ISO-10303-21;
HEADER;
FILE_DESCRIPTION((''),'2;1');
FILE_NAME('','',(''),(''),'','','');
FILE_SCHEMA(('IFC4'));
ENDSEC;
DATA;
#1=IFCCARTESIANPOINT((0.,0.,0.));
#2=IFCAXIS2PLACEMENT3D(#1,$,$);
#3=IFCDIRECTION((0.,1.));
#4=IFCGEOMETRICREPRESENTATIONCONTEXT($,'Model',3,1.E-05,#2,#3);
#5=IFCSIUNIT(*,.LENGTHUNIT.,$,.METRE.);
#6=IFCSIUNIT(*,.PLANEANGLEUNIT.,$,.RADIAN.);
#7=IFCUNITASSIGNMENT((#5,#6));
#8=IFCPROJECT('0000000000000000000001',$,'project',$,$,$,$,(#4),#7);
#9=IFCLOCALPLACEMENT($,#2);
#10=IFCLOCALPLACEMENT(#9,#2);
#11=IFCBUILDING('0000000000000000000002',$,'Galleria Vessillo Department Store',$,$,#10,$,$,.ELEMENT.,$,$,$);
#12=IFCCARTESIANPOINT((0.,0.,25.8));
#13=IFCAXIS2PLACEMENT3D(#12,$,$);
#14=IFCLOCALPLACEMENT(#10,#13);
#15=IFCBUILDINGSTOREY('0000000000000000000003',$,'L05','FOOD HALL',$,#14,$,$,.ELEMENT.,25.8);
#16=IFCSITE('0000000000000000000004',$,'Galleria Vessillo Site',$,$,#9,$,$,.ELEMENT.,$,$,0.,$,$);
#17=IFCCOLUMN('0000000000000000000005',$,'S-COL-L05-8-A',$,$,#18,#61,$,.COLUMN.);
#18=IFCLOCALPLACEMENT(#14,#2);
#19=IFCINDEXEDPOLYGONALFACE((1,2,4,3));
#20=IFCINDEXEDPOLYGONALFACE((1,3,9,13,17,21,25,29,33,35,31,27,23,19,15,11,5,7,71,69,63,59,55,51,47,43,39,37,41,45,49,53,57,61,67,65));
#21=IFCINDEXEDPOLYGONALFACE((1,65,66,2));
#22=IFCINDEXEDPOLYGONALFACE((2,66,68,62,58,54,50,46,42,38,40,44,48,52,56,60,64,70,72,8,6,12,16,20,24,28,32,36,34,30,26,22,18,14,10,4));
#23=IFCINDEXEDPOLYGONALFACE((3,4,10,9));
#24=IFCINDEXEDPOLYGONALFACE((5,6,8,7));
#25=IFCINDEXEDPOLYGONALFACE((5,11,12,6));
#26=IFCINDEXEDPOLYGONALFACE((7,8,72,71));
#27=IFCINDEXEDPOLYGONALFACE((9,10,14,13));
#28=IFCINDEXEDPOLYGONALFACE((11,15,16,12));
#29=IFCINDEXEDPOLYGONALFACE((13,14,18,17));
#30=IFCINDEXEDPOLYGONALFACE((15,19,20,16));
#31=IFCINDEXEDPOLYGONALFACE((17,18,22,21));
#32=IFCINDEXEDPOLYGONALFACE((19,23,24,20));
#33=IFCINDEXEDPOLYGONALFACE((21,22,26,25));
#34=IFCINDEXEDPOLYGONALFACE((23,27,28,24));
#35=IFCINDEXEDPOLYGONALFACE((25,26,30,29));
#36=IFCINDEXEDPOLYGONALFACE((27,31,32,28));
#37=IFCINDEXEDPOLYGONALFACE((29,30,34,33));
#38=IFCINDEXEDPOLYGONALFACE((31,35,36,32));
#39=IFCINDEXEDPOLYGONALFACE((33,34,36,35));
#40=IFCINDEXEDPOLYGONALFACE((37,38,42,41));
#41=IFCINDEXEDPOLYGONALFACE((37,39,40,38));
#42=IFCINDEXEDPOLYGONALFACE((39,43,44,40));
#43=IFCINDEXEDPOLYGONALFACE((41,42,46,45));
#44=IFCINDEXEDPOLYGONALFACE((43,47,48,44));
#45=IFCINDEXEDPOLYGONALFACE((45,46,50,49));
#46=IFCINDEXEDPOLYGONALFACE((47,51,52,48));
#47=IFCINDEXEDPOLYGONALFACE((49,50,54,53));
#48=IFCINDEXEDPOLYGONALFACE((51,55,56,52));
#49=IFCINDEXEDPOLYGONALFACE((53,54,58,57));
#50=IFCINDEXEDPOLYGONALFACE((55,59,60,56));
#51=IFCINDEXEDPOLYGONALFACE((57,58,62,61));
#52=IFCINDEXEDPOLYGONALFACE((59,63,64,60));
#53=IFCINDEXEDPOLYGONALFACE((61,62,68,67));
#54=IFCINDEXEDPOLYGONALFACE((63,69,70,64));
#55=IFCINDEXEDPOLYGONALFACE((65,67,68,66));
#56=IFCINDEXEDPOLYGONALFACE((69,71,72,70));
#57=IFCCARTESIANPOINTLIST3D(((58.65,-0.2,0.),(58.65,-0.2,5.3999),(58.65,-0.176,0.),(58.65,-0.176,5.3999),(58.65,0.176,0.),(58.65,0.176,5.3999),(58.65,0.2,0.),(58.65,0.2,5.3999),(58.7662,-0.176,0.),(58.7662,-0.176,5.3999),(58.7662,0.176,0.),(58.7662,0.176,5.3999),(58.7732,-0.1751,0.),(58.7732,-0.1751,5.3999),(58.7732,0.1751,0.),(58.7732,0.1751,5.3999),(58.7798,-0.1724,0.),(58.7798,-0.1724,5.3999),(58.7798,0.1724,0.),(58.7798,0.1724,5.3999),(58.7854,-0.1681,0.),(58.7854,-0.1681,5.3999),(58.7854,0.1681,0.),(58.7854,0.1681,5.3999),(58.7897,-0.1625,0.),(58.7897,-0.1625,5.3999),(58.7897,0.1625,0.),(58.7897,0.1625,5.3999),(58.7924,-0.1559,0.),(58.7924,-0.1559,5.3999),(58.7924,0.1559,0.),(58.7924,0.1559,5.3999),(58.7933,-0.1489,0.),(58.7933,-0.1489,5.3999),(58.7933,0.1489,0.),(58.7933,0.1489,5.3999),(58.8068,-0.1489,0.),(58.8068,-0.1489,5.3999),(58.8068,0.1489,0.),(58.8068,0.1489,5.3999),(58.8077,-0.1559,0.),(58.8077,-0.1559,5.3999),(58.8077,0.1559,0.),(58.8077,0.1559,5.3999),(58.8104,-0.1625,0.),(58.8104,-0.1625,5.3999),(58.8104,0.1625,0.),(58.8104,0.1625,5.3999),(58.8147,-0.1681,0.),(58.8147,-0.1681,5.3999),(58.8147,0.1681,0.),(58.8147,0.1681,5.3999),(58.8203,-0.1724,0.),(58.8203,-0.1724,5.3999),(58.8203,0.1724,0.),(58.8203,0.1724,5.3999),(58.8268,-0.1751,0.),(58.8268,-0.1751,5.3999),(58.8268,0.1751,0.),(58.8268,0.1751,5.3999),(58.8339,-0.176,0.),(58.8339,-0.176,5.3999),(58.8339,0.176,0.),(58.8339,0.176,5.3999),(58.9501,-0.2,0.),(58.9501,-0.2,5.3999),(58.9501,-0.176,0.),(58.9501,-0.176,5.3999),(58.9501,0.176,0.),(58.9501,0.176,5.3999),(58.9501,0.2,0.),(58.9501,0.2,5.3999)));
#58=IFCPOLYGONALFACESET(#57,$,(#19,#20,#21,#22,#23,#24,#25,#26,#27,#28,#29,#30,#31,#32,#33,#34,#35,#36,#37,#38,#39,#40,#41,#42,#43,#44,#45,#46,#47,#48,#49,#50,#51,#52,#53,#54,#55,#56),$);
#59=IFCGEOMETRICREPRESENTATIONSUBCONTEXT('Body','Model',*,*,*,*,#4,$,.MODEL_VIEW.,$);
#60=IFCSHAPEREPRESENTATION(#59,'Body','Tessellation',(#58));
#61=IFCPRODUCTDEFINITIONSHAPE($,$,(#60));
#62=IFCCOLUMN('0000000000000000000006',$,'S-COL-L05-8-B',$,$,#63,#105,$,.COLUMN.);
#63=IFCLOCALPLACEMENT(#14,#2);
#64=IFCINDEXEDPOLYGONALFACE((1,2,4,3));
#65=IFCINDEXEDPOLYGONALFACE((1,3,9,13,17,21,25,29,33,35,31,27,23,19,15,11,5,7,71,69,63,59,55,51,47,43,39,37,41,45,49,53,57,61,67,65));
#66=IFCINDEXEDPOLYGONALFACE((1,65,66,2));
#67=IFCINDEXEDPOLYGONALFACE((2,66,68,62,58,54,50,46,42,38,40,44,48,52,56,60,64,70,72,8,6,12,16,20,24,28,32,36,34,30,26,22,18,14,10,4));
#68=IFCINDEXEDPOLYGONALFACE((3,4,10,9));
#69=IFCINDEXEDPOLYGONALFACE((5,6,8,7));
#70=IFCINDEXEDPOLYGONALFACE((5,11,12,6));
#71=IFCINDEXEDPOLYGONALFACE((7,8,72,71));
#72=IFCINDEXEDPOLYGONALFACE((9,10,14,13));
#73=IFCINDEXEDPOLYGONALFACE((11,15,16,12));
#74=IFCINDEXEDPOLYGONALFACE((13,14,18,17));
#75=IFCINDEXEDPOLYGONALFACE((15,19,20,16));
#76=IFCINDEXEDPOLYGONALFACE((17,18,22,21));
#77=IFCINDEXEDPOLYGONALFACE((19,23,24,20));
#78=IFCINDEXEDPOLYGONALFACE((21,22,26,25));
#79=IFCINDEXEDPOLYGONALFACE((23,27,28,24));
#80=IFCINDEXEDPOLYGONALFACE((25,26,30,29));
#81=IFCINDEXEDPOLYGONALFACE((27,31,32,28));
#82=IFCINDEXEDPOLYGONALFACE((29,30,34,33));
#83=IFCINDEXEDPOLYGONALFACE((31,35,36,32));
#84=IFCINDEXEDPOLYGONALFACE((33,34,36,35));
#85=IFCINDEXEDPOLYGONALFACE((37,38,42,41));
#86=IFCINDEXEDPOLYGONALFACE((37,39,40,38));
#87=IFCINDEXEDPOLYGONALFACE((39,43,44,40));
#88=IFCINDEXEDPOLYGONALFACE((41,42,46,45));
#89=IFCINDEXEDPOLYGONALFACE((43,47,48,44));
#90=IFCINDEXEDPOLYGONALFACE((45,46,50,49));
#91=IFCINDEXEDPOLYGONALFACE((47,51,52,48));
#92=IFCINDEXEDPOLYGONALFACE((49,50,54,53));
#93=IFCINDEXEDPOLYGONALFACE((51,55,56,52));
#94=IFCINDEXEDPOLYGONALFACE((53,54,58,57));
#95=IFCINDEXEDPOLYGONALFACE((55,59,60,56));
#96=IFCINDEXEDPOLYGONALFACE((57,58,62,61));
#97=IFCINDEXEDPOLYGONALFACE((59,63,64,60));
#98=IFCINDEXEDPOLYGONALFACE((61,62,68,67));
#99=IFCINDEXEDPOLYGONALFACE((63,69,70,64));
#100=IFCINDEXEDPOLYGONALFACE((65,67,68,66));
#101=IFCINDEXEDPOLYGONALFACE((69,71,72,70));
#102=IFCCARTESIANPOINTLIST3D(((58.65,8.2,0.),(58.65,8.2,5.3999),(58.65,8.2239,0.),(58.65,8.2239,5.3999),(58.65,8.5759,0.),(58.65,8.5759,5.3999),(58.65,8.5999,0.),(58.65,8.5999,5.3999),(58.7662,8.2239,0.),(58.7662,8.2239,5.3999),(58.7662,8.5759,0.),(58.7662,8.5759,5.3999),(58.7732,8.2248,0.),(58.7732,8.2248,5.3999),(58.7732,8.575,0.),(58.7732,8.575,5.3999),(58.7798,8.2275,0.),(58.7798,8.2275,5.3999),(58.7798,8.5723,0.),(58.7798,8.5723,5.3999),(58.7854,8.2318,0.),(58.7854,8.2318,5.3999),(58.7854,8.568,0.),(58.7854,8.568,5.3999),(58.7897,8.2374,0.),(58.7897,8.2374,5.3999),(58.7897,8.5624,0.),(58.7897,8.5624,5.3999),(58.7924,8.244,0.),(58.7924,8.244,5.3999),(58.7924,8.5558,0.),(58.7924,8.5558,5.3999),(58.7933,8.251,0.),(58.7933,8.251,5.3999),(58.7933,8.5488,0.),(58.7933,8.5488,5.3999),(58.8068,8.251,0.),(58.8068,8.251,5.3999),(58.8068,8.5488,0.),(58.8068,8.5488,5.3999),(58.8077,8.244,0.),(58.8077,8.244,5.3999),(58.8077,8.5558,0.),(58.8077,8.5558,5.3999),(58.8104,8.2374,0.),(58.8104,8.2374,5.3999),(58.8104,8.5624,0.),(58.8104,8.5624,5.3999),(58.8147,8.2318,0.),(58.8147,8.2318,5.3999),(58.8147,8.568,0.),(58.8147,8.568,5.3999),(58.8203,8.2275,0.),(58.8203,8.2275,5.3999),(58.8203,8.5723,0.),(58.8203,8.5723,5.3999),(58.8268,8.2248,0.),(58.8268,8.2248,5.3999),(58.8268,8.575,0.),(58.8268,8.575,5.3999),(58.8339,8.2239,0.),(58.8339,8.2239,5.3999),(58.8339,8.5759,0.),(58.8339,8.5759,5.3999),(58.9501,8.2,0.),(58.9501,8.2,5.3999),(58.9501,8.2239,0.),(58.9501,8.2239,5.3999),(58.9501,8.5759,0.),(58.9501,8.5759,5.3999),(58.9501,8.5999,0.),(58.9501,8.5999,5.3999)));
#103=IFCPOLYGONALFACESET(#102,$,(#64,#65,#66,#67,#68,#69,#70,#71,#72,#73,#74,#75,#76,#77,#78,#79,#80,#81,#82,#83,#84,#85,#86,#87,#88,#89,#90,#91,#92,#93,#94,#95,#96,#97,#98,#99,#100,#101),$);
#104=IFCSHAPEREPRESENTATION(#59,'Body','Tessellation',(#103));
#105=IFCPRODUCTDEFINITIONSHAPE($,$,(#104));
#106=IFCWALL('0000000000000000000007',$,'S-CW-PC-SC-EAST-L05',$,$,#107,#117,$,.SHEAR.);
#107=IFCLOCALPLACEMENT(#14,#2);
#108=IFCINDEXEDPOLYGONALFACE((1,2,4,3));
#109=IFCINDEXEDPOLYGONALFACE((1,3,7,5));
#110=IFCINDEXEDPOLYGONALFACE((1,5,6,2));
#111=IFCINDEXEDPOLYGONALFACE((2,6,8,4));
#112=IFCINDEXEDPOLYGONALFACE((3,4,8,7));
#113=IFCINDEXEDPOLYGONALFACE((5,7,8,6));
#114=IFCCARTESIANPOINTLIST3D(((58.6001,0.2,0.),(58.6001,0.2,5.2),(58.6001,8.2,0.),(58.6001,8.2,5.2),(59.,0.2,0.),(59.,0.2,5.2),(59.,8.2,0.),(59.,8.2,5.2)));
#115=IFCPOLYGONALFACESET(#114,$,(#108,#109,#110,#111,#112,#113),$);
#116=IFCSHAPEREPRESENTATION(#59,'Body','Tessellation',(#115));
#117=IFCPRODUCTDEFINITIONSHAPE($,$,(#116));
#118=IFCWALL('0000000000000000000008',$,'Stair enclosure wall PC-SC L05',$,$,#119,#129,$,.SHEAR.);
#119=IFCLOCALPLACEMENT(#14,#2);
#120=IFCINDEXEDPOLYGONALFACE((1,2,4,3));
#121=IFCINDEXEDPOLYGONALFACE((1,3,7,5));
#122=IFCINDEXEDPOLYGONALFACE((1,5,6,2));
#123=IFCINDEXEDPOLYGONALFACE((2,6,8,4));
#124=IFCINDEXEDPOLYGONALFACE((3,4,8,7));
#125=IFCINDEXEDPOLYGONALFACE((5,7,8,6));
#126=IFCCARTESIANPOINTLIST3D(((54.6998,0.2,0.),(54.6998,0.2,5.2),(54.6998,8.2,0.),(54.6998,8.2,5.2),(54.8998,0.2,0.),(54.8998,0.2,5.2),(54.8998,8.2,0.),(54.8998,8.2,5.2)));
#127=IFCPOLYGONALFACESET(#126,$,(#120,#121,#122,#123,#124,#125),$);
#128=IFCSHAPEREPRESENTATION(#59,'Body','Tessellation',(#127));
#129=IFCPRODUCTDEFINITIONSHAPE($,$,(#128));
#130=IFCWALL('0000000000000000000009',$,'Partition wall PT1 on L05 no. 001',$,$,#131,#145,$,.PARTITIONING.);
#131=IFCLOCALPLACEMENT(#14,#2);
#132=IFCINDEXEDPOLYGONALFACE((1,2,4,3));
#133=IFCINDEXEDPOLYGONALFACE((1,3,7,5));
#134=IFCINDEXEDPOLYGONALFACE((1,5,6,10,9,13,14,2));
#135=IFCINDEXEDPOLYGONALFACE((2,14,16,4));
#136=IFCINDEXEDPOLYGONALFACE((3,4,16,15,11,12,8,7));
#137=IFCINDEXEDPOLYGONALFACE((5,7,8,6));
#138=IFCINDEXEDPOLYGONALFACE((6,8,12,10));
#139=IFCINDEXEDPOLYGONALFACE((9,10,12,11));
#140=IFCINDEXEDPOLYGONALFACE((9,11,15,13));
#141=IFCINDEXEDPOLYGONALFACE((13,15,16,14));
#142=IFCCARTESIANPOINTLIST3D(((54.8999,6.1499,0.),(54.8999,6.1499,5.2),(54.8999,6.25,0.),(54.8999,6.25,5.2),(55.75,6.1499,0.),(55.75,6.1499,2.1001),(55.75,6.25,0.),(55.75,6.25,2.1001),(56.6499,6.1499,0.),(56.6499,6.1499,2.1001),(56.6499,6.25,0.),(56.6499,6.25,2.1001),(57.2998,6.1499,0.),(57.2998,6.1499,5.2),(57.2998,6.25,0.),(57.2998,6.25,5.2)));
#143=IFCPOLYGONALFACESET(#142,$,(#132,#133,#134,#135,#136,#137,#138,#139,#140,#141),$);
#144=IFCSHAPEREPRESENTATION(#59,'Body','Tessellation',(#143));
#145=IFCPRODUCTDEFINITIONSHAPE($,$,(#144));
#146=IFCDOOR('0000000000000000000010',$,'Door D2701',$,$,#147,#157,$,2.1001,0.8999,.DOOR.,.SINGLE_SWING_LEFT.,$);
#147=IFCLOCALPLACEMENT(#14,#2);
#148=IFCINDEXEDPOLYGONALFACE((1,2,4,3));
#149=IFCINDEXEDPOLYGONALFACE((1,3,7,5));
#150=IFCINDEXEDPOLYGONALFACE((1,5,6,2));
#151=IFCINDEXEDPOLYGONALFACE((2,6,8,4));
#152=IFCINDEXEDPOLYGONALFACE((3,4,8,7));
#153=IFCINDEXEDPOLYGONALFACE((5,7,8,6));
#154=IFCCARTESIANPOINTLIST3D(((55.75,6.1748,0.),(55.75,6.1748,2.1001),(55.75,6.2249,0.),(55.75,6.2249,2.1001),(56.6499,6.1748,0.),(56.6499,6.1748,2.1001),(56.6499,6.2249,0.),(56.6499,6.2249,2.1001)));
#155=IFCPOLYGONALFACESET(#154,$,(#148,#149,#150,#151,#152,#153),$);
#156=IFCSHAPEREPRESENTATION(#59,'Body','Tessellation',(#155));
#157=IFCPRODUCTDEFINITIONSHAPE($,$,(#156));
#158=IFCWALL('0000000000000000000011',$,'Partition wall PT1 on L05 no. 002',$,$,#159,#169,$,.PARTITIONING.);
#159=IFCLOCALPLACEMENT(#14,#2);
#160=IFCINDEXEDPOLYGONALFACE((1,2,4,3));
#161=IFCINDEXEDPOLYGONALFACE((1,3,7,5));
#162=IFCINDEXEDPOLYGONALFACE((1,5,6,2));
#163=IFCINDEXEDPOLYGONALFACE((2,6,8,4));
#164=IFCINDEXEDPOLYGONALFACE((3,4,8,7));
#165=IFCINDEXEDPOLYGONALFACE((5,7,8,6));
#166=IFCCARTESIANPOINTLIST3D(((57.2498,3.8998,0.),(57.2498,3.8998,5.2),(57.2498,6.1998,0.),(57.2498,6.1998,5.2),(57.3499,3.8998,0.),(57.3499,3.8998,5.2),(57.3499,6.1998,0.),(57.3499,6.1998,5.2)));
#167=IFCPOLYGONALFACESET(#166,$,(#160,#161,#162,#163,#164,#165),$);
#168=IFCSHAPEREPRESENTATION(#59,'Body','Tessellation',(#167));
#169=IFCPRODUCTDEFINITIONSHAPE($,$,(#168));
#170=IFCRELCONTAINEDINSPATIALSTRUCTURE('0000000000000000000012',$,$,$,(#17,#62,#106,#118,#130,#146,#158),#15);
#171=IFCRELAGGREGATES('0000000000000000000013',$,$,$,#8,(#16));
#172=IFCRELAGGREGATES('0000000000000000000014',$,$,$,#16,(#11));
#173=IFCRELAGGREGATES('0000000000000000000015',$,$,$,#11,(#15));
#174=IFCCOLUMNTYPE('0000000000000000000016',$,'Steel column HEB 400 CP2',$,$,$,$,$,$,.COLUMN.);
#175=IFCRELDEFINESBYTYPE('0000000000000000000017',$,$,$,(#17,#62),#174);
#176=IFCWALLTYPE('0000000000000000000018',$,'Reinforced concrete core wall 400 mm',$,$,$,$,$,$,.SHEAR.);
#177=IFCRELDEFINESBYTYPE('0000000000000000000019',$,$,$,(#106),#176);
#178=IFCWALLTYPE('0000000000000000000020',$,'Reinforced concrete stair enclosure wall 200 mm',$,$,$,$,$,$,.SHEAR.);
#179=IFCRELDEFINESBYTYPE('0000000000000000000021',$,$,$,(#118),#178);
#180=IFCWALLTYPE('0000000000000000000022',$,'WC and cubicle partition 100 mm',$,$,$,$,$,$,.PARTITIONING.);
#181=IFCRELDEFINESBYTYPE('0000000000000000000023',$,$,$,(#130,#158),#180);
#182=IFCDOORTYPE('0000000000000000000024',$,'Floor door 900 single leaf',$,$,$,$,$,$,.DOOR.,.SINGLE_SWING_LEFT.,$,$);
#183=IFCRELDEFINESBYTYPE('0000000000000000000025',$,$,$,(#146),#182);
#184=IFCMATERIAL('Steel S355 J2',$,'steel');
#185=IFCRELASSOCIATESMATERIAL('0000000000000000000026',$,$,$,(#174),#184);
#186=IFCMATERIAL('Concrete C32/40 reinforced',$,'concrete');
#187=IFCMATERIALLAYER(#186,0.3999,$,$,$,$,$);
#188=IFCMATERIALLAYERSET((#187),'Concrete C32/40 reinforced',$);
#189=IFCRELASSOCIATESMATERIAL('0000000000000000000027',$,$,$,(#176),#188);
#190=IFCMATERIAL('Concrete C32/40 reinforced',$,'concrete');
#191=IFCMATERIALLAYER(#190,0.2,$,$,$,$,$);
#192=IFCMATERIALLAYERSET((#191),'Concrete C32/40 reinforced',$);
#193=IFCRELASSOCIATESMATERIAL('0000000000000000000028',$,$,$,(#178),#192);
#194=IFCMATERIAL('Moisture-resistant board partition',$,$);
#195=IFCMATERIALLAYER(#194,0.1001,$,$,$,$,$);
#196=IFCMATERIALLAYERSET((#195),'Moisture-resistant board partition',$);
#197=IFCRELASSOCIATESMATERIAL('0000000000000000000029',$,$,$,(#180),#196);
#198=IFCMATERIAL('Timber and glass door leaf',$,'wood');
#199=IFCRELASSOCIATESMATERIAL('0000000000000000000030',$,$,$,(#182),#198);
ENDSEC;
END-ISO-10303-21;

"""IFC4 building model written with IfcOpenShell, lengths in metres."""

from ifc_helpers import new_model, si_unit, direction, frame, frame_2d, origin, origin_2d, place, context, subcontext, project, spatial, rectangle, i_section, extrude, material, layer, layer_set, material_profile, profile_set, type_object, element, fill, save


model = new_model("IFC4")

# Units and contexts
model_context = context("Model", 3, precision=1e-05, world=origin(), true_north=direction((0.0, 1.0)))
body_context = subcontext(model_context, "Body", "Model", "MODEL_VIEW")
ifc_project = project(units=[si_unit("LENGTHUNIT", "METRE"), si_unit("PLANEANGLEUNIT", "RADIAN")], contexts=[model_context])

# Site, building, storey
site_placement = place(None, origin())
site = spatial("IfcSite", under=ifc_project, at=site_placement, Name="Galleria Vessillo Site", CompositionType="ELEMENT", RefElevation=0.0)
building_placement = place(site_placement, origin())
building = spatial("IfcBuilding", under=site, at=building_placement, Name="Galleria Vessillo Department Store", CompositionType="ELEMENT")
storey_placement = place(building_placement, frame((0.0, 0.0, 25.8)))
storey = spatial("IfcBuildingStorey", under=building, at=storey_placement, Name="L05", Description="FOOD HALL", CompositionType="ELEMENT", Elevation=25.8)

# Columns
ifc_material_1 = material(Name="Steel S355 J2", Category="steel")
ifc_material_profile = material_profile(ifc_material_1, i_section(OverallWidth=0.3, OverallDepth=0.3999, WebThickness=0.0134, FlangeThickness=0.0239, FilletRadius=0.0271, at=origin_2d()), Name="HEB 400")
ifc_profile_set = profile_set([ifc_material_profile], Name="Steel S355 J2")
column_type = type_object("IfcColumnType", Name="Steel column HEB 400 CP2", PredefinedType="COLUMN", material=ifc_profile_set)
for number, where, z_axis, x_axis, name in (
    (1, (58.8, 0.0, 0.0), (0.0, 0.0, 1.0), (1.0, 0.0, 0.0), "S-COL-L05-8-A"),
    (2, (58.8, 8.3999, 0.0), (0.0, 0.0, 1.0), (1.0, 0.0, 0.0), "S-COL-L05-8-B"),
):
    element("IfcColumn", number, at=place(storey_placement, frame(where, z_axis=z_axis, x_axis=x_axis)), inside=storey, type_object=column_type, Name=name, PredefinedType="COLUMN", context=body_context, shape_type="SweptSolid", body=[
        extrude(i_section(OverallWidth=0.3, OverallDepth=0.3999, WebThickness=0.0134, FlangeThickness=0.0239, FilletRadius=0.0271, at=origin_2d()), origin(), (0.0, 0.0, 1.0), 5.3999),
    ])

# Walls
ifc_material_2 = material(Name="Concrete C32/40 reinforced", Category="concrete")
ifc_layer_1 = layer(ifc_material_2, 0.3999)
ifc_layer_set_1 = layer_set([ifc_layer_1], Name="Concrete C32/40 reinforced")
wall_type_1 = type_object("IfcWallType", Name="Reinforced concrete core wall 400 mm", PredefinedType="SHEAR", material=ifc_layer_set_1)
wall_1_placement = place(storey_placement, frame((58.8, 0.2, 0.0), z_axis=(0.0, 0.0, 1.0), x_axis=(0.0, 1.0, 0.0)))
element("IfcWall", 3, at=wall_1_placement, inside=storey, type_object=wall_type_1, Name="S-CW-PC-SC-EAST-L05", PredefinedType="SHEAR", context=body_context, shape_type="SweptSolid", body=[
    extrude(rectangle(XDim=8.0, YDim=0.3999, at=frame_2d((4.0, 0.0))), origin(), (0.0, 0.0, 1.0), 5.2),
])
ifc_material_3 = material(Name="Concrete C32/40 reinforced", Category="concrete")
ifc_layer_2 = layer(ifc_material_3, 0.2)
ifc_layer_set_2 = layer_set([ifc_layer_2], Name="Concrete C32/40 reinforced")
wall_type_2 = type_object("IfcWallType", Name="Reinforced concrete stair enclosure wall 200 mm", PredefinedType="SHEAR", material=ifc_layer_set_2)
wall_2_placement = place(storey_placement, frame((54.7998, 0.2, 0.0), z_axis=(0.0, 0.0, 1.0), x_axis=(0.0, 1.0, 0.0)))
element("IfcWall", 4, at=wall_2_placement, inside=storey, type_object=wall_type_2, Name="Stair enclosure wall PC-SC L05", PredefinedType="SHEAR", context=body_context, shape_type="SweptSolid", body=[
    extrude(rectangle(XDim=8.0, YDim=0.2, at=frame_2d((4.0, 0.0))), origin(), (0.0, 0.0, 1.0), 5.2),
])

# Wall, opening, door
ifc_material_4 = material(Name="Moisture-resistant board partition")
ifc_layer_3 = layer(ifc_material_4, 0.1001)
ifc_layer_set_3 = layer_set([ifc_layer_3], Name="Moisture-resistant board partition")
wall_type_3 = type_object("IfcWallType", Name="WC and cubicle partition 100 mm", PredefinedType="PARTITIONING", material=ifc_layer_set_3)
wall_3_placement = place(storey_placement, frame((54.8999, 6.2, 0.0), z_axis=(0.0, 0.0, 1.0), x_axis=(1.0, 0.0, 0.0)))
wall_3 = element("IfcWall", 5, at=wall_3_placement, inside=storey, type_object=wall_type_3, Name="Partition wall PT1 on L05 no. 001", PredefinedType="PARTITIONING", context=body_context, shape_type="SweptSolid", body=[
    extrude(rectangle(XDim=2.3999, YDim=0.1001, at=frame_2d((1.2, 0.0))), origin(), (0.0, 0.0, 1.0), 5.2),
])
opening_1_placement = place(wall_3_placement, frame((0.8501, 0.0, 0.0)))
opening_1 = element("IfcOpeningElement", 6, at=opening_1_placement, cuts=wall_3, PredefinedType="OPENING", context=body_context, shape_type="SweptSolid", body=[
    extrude(rectangle(XDim=0.8999, YDim=2.1001, at=frame_2d((0.45, 1.05))), frame((0.0, 0.0601, 0.0), z_axis=(0.0, -1.0, 0.0), x_axis=(1.0, 0.0, 0.0)), (0.0, 0.0, 1.0), 0.1201),
])
ifc_material_5 = material(Name="Timber and glass door leaf", Category="wood")
door_type_1 = type_object("IfcDoorType", Name="Floor door 900 single leaf", OperationType="SINGLE_SWING_LEFT", PredefinedType="DOOR", material=ifc_material_5)
door_1_placement = place(opening_1_placement, origin())
door_1 = element("IfcDoor", 7, at=door_1_placement, inside=storey, type_object=door_type_1, Name="Door D2701", OperationType="SINGLE_SWING_LEFT", OverallHeight=2.1001, OverallWidth=0.8999, PredefinedType="DOOR", context=body_context, shape_type="SweptSolid", body=[
    extrude(rectangle(XDim=0.8999, YDim=2.1001, at=frame_2d((0.45, 1.05))), frame((0.0, 0.0249, 0.0), z_axis=(0.0, -1.0, 0.0), x_axis=(1.0, 0.0, 0.0)), (0.0, 0.0, 1.0), 0.05),
])
fill(opening_1, door_1)

# Wall
wall_4_placement = place(storey_placement, frame((57.2998, 3.8999, 0.0), z_axis=(0.0, 0.0, 1.0), x_axis=(0.0, 1.0, 0.0)))
element("IfcWall", 8, at=wall_4_placement, inside=storey, type_object=wall_type_3, Name="Partition wall PT1 on L05 no. 002", PredefinedType="PARTITIONING", context=body_context, shape_type="SweptSolid", body=[
    extrude(rectangle(XDim=2.3, YDim=0.1001, at=frame_2d((1.1499, 0.0))), origin(), (0.0, 0.0, 1.0), 5.2),
])

save(model, "model.ifc")
